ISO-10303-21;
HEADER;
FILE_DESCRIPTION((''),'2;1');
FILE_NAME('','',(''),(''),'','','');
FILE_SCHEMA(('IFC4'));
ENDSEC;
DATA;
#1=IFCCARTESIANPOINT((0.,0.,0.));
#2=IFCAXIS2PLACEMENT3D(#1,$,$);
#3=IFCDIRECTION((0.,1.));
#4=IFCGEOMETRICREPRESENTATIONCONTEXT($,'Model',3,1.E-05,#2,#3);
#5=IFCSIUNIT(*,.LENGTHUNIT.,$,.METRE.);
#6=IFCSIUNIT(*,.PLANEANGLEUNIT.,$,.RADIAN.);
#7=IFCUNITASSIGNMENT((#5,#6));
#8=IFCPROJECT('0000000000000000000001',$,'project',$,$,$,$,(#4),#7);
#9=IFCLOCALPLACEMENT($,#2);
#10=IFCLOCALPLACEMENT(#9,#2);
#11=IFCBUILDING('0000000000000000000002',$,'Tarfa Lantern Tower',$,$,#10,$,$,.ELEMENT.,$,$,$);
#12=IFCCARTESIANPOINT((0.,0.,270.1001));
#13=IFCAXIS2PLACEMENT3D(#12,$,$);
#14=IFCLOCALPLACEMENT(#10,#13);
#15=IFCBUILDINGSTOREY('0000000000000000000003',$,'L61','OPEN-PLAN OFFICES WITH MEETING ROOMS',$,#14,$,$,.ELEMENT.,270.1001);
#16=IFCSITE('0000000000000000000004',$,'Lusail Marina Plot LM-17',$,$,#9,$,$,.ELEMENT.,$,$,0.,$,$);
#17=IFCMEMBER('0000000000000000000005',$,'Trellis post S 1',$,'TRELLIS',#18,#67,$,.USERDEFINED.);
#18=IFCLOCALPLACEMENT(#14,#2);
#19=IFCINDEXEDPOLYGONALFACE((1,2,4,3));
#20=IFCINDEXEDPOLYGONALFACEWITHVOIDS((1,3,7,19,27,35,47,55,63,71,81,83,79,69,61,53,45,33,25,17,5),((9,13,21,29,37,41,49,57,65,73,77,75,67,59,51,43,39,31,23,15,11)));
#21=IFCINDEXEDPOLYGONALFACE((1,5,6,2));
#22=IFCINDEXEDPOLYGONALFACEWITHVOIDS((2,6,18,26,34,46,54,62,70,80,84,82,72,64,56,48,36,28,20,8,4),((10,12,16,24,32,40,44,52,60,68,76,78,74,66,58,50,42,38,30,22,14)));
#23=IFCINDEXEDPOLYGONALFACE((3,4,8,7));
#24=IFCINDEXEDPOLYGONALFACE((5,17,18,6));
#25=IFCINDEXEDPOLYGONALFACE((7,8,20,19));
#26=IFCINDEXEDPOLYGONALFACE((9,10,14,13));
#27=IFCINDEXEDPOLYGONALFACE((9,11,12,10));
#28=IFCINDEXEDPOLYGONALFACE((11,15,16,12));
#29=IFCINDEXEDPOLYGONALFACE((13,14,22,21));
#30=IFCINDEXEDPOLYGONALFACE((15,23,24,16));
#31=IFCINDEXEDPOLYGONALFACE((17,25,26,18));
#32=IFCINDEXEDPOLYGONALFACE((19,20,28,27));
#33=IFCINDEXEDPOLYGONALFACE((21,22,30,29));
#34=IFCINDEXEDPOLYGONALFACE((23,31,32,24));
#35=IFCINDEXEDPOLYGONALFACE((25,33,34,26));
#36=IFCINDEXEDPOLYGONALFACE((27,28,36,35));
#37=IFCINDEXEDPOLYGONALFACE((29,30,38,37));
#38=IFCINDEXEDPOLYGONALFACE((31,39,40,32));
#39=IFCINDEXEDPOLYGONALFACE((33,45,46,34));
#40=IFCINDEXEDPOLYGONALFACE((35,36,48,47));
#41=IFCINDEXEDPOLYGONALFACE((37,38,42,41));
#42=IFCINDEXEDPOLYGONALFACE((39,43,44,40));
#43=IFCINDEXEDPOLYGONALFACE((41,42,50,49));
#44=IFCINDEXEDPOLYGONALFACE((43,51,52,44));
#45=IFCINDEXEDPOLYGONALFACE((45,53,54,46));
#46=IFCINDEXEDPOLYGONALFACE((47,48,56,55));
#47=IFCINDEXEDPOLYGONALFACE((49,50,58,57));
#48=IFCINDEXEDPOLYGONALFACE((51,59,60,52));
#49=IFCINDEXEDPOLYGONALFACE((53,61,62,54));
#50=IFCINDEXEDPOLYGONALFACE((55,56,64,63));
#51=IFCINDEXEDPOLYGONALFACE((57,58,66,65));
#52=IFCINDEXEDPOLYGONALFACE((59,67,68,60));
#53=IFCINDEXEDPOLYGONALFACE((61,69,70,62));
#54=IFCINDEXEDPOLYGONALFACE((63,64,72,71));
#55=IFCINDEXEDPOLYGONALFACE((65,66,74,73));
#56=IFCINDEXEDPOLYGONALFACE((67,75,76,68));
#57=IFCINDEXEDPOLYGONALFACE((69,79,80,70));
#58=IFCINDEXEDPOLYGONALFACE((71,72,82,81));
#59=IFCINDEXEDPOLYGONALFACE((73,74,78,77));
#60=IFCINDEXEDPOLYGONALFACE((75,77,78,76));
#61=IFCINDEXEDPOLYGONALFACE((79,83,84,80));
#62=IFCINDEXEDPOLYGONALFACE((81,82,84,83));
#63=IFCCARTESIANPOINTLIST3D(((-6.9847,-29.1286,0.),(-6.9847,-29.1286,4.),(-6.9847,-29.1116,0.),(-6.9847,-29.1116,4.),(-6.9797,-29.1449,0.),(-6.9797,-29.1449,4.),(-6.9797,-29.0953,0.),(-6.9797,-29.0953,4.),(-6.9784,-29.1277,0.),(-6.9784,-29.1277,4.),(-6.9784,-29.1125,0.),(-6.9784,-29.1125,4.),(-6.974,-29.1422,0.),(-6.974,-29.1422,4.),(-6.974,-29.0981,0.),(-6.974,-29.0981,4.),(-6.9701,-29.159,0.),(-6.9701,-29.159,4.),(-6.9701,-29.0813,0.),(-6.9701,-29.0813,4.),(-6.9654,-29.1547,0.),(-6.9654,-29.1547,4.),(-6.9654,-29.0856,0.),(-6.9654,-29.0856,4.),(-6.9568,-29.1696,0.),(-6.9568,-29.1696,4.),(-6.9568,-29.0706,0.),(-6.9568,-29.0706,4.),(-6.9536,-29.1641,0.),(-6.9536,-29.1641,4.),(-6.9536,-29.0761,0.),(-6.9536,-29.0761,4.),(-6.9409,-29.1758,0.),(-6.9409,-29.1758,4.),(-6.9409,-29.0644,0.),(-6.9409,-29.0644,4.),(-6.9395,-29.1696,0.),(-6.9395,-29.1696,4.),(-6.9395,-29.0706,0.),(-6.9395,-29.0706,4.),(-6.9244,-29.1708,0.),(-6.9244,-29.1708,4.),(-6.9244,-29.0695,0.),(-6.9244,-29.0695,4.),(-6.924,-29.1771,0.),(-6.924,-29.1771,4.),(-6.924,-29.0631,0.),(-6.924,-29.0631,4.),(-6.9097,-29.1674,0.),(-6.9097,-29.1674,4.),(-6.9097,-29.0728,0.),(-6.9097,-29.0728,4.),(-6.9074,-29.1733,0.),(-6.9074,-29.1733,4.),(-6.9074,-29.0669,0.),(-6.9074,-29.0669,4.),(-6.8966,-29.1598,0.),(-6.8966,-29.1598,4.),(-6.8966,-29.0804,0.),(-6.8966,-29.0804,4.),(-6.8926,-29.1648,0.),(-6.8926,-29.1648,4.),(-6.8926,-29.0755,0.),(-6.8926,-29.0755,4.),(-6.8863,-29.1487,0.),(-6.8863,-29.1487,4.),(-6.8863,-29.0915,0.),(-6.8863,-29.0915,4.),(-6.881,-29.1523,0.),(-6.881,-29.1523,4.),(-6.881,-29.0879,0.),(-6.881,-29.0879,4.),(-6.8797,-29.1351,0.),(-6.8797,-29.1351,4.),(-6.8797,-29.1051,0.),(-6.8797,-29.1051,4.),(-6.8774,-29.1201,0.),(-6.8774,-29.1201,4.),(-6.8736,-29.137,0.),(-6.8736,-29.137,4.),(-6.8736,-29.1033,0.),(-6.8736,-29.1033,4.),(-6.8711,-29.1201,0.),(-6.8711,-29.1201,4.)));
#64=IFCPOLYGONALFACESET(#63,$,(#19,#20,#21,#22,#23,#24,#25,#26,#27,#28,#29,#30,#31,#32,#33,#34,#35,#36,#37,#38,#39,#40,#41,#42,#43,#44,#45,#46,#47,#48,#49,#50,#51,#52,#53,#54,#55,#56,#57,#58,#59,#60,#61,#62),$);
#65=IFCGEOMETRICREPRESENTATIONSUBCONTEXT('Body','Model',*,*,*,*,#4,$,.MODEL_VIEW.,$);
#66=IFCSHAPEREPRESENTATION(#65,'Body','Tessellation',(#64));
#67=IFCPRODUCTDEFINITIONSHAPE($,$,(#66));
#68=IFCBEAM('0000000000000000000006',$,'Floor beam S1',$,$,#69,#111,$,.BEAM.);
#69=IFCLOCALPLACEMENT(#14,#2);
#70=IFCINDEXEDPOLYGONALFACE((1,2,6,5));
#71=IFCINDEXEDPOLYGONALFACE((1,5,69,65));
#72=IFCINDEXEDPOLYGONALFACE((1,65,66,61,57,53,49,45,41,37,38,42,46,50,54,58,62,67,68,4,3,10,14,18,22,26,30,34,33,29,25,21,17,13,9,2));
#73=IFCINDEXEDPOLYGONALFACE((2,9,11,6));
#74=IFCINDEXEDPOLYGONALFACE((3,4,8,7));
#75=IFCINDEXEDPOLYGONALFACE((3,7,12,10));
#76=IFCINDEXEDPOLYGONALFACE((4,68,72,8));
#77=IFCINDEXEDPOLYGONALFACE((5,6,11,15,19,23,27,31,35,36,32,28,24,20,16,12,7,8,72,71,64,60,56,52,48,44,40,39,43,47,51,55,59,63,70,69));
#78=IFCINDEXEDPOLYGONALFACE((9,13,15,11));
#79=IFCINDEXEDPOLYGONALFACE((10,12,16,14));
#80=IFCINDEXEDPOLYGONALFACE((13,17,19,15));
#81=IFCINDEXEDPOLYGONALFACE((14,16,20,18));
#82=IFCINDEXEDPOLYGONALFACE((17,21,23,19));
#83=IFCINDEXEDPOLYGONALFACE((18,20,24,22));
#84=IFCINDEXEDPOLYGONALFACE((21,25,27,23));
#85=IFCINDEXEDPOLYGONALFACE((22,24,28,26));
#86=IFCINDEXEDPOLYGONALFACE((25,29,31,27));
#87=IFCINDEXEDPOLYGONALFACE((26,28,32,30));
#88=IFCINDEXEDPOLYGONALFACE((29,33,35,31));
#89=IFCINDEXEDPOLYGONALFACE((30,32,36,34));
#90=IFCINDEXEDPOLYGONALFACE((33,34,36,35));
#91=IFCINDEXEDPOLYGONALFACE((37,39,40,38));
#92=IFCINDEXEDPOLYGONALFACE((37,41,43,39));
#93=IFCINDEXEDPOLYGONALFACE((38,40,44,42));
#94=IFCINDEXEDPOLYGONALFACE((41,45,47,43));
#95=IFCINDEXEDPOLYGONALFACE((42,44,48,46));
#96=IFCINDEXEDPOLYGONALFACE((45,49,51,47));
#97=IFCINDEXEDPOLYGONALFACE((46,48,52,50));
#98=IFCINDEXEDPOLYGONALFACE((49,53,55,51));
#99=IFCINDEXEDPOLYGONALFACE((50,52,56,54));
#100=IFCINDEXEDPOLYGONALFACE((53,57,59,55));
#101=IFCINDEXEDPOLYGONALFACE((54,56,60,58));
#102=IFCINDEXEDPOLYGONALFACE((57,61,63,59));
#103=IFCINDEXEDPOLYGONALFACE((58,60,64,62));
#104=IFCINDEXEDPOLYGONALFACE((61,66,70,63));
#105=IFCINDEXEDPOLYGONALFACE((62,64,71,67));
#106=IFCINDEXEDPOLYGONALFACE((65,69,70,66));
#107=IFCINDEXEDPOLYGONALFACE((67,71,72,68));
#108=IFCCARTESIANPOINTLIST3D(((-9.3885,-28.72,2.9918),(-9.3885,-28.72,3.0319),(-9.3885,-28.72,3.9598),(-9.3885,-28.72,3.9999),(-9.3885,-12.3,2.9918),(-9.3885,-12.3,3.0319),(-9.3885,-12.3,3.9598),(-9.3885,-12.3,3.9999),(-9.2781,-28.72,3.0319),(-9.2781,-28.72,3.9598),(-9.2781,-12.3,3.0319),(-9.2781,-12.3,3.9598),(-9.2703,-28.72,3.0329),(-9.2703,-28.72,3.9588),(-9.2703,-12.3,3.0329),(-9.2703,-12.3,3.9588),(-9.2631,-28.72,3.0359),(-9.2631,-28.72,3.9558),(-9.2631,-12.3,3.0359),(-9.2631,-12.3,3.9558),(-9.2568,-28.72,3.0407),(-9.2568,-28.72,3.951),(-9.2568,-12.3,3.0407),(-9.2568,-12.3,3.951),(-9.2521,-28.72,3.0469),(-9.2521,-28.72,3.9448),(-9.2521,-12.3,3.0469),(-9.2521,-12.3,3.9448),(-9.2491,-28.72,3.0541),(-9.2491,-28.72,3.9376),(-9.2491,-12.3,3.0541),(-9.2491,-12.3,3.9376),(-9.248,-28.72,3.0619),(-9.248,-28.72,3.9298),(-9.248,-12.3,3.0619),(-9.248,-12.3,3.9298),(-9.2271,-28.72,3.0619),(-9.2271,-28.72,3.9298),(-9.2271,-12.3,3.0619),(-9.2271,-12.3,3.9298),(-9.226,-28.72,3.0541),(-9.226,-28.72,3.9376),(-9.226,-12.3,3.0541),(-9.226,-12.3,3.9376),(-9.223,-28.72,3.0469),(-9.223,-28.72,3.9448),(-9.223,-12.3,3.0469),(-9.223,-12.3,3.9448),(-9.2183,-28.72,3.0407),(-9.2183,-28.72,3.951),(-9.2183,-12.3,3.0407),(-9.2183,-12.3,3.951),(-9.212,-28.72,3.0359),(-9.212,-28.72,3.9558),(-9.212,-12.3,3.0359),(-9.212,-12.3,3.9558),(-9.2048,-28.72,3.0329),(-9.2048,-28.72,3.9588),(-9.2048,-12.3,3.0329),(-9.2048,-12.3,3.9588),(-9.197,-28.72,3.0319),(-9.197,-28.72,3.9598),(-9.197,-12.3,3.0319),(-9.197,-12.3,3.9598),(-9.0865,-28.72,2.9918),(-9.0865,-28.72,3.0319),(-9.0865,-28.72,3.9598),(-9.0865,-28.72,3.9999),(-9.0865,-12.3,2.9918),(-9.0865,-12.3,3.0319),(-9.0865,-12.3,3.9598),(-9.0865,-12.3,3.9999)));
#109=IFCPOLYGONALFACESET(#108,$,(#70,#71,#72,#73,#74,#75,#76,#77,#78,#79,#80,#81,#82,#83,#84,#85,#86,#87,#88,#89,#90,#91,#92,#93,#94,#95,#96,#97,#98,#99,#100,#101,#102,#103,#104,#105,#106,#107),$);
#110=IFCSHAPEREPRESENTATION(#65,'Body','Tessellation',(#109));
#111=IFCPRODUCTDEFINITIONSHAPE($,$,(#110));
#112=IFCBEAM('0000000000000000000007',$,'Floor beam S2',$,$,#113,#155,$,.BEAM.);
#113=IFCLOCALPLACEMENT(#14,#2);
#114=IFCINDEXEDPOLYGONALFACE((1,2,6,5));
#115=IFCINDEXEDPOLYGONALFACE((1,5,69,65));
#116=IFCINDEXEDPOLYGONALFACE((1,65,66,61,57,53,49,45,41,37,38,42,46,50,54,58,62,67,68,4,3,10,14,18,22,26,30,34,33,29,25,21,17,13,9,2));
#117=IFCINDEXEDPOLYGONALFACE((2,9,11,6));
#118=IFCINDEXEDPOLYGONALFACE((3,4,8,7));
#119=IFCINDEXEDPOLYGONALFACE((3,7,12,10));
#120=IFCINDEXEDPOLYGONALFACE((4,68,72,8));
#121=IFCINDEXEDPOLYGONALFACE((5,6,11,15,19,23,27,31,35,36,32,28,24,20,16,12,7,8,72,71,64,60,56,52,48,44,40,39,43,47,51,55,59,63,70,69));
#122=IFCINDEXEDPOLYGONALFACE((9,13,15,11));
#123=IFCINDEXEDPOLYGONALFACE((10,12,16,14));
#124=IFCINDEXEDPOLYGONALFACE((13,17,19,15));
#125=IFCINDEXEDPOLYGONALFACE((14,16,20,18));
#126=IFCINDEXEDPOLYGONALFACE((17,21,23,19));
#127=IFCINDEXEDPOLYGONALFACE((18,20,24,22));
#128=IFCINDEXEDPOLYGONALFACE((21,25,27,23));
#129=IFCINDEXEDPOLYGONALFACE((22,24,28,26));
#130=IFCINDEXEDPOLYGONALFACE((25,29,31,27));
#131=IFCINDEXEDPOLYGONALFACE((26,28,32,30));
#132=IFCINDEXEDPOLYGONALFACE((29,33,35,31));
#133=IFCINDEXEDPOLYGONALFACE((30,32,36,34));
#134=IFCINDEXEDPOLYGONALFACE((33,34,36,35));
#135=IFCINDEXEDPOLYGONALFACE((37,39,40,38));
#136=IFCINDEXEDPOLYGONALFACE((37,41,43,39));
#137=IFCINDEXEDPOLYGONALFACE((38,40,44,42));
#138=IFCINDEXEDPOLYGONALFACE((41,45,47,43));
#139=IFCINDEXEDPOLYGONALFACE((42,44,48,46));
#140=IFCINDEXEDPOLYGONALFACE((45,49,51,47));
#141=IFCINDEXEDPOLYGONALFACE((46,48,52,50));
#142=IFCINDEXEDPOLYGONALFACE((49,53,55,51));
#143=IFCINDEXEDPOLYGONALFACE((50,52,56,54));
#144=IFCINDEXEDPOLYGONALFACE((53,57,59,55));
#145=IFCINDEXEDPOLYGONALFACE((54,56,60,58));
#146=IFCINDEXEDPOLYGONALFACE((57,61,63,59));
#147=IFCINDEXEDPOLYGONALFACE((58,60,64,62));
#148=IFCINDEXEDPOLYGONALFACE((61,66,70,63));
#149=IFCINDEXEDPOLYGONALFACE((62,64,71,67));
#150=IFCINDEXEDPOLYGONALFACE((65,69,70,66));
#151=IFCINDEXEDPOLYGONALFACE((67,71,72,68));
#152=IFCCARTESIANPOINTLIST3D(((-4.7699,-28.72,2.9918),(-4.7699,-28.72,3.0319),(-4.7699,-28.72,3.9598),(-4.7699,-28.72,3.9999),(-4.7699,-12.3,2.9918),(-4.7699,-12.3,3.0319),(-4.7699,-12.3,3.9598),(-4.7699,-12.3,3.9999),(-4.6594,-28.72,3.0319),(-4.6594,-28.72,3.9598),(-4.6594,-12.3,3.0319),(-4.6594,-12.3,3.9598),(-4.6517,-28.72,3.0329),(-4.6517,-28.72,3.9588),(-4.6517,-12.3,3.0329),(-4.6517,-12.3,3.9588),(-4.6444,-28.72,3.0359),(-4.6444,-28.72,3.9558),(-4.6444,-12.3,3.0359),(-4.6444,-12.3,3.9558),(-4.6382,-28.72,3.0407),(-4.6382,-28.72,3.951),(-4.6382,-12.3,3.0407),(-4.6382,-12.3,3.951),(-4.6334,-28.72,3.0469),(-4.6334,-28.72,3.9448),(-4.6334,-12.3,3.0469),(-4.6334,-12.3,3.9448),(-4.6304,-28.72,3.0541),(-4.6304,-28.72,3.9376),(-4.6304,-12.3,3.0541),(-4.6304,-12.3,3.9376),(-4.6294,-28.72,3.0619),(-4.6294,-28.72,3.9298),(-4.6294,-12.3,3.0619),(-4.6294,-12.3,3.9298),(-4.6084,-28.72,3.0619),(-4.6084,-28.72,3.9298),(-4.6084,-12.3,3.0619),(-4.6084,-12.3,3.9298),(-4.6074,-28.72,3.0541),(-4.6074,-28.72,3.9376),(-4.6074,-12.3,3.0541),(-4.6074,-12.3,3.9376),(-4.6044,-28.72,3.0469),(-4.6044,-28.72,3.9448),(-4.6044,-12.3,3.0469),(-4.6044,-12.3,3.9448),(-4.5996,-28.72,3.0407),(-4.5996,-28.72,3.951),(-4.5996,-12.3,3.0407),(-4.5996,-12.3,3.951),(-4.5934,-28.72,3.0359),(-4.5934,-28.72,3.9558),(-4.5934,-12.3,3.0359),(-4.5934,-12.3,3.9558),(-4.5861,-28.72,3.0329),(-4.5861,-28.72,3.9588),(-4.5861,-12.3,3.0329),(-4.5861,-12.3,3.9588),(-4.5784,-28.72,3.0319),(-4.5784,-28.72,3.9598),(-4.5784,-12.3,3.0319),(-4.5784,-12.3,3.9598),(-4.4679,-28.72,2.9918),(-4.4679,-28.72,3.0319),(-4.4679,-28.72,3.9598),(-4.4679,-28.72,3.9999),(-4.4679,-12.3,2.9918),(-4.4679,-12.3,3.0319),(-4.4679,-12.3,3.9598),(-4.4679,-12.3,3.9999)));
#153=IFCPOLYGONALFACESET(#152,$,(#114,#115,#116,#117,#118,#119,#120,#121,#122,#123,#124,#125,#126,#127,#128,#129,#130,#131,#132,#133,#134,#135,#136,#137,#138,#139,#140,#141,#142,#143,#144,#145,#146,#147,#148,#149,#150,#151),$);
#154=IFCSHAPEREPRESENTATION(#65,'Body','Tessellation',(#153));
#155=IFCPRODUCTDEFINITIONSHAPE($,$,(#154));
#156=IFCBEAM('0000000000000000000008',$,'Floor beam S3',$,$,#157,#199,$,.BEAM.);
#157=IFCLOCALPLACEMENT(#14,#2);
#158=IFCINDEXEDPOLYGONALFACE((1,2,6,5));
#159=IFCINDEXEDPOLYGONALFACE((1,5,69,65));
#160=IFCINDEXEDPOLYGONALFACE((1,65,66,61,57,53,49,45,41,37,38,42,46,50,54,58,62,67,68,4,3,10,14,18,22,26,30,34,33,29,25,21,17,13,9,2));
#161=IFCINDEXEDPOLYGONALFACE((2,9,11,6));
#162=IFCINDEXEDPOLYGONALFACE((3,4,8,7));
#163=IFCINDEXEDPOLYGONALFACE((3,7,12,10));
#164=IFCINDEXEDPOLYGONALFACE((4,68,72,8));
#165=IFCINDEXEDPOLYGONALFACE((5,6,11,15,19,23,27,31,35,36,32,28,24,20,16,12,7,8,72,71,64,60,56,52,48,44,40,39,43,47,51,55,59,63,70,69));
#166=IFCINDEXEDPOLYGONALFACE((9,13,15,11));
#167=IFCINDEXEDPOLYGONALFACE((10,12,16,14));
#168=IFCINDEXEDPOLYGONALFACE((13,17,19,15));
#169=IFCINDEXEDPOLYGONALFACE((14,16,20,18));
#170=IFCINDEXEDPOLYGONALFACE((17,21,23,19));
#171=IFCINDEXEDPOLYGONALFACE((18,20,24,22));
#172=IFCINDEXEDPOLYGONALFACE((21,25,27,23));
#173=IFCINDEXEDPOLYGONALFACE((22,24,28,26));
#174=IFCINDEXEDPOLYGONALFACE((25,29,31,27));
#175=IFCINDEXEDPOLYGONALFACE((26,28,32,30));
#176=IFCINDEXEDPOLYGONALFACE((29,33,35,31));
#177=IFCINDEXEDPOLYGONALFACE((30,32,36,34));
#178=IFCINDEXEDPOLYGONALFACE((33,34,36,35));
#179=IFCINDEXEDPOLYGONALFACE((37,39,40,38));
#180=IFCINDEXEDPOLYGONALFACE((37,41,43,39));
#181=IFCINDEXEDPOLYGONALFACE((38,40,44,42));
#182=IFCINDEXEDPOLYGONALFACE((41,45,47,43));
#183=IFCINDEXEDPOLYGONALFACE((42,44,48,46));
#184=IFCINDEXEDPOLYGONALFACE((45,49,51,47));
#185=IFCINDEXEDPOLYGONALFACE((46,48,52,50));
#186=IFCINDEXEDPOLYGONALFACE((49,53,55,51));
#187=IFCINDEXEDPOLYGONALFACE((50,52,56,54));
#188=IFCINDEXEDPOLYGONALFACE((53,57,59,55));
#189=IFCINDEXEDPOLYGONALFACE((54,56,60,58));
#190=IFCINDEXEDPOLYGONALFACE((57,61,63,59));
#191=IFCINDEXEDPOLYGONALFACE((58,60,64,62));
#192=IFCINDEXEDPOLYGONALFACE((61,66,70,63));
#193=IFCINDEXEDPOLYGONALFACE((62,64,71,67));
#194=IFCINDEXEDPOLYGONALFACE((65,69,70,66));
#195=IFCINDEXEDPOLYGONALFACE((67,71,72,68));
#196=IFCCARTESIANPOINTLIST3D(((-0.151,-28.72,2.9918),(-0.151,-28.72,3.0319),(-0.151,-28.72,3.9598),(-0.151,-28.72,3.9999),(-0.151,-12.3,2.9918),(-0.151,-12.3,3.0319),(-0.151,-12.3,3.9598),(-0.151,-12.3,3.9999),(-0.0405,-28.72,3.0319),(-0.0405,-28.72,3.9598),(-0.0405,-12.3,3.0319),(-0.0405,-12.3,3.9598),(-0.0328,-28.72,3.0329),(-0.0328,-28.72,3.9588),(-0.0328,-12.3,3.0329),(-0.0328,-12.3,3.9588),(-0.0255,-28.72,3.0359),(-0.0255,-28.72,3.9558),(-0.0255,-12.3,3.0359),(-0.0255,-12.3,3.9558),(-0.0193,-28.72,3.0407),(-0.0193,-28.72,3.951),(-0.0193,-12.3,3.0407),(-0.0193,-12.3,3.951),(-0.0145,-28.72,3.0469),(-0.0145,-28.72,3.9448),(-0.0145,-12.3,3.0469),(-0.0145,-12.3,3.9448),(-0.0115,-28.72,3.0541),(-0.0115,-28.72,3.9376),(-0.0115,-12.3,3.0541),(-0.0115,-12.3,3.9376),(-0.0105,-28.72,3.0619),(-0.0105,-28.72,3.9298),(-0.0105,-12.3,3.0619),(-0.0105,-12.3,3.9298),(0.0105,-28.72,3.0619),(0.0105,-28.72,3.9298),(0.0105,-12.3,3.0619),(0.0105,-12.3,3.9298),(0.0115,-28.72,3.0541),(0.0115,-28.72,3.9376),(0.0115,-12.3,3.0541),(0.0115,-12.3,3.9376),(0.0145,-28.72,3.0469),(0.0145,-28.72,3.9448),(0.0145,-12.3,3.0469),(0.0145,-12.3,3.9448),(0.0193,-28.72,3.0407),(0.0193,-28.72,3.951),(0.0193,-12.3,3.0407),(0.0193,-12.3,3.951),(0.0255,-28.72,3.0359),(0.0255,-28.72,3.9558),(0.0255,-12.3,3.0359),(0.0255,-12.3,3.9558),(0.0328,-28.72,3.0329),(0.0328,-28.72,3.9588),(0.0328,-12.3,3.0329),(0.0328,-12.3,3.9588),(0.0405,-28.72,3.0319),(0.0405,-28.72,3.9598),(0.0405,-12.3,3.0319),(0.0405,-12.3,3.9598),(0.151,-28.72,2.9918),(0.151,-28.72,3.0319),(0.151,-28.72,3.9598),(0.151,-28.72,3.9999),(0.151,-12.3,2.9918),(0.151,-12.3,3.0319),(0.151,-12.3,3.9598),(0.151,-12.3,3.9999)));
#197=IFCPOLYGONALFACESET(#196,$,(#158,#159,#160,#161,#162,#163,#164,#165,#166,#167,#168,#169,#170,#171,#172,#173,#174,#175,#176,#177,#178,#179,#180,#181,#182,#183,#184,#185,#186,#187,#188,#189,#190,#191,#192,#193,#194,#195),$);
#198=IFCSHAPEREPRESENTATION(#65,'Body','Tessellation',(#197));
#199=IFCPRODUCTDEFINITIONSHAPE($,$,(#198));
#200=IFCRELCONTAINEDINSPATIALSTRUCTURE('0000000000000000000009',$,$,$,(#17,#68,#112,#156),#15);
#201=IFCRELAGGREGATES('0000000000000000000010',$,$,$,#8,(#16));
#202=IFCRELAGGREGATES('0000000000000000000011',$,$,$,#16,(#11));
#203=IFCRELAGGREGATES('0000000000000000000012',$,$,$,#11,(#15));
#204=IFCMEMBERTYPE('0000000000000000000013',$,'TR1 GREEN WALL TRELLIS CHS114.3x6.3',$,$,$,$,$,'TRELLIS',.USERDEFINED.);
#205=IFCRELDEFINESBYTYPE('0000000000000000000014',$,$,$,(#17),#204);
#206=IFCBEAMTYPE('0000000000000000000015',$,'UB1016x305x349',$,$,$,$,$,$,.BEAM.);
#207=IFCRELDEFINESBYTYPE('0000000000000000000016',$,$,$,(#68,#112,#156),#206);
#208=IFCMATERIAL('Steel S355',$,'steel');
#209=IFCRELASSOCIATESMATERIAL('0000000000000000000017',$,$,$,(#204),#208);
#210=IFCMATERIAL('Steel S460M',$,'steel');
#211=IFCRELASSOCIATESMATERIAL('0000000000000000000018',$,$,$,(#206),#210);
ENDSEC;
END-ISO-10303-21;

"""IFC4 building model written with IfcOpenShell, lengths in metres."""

from ifc_helpers import new_model, si_unit, direction, frame, origin, origin_2d, place, context, subcontext, project, spatial, hollow_circle, i_section, extrude, material, material_profile, profile_set, type_object, element, save


model = new_model("IFC4")

# Units and contexts
model_context = context("Model", 3, precision=1e-05, world=origin(), true_north=direction((0.0, 1.0)))
body_context = subcontext(model_context, "Body", "Model", "MODEL_VIEW")
ifc_project = project(units=[si_unit("LENGTHUNIT", "METRE"), si_unit("PLANEANGLEUNIT", "RADIAN")], contexts=[model_context])

# Site, building, storey
site_placement = place(None, origin())
site = spatial("IfcSite", under=ifc_project, at=site_placement, Name="Lusail Marina Plot LM-17", CompositionType="ELEMENT", RefElevation=0.0)
building_placement = place(site_placement, origin())
building = spatial("IfcBuilding", under=site, at=building_placement, Name="Tarfa Lantern Tower", CompositionType="ELEMENT")
storey_placement = place(building_placement, frame((0.0, 0.0, 270.1001)))
storey = spatial("IfcBuildingStorey", under=building, at=storey_placement, Name="L61", Description="OPEN-PLAN OFFICES WITH MEETING ROOMS", CompositionType="ELEMENT", Elevation=270.1001)

# Member
ifc_material_1 = material(Name="Steel S355", Category="steel")
ifc_material_profile_1 = material_profile(ifc_material_1, hollow_circle(Radius=0.0571, WallThickness=0.0063, at=origin_2d()), Name="CHS114.3x6.3")
ifc_profile_set_1 = profile_set([ifc_material_profile_1], Name="Steel S355")
member_type_1 = type_object("IfcMemberType", Name="TR1 GREEN WALL TRELLIS CHS114.3x6.3", ElementType="TRELLIS", PredefinedType="USERDEFINED", material=ifc_profile_set_1)
member_1_placement = place(storey_placement, frame((-6.9282, -29.1201, 0.0), z_axis=(0.0, 0.0, 1.0), x_axis=(1.0, 0.0, 0.0)))
element("IfcMember", 1, at=member_1_placement, inside=storey, type_object=member_type_1, Name="Trellis post S 1", ObjectType="TRELLIS", PredefinedType="USERDEFINED", context=body_context, shape_type="SweptSolid", body=[
    extrude(hollow_circle(Radius=0.0571, WallThickness=0.0063, at=origin_2d()), origin(), (0.0, 0.0, 1.0), 4.0),
])

# Beams
ifc_material_2 = material(Name="Steel S460M", Category="steel")
ifc_material_profile_2 = material_profile(ifc_material_2, i_section(OverallWidth=0.302, OverallDepth=1.0081, WebThickness=0.021, FlangeThickness=0.04, FilletRadius=0.03, at=origin_2d()), Name="UB1016x305x349")
ifc_profile_set_2 = profile_set([ifc_material_profile_2], Name="Steel S460M")
beam_type_1 = type_object("IfcBeamType", Name="UB1016x305x349", PredefinedType="BEAM", material=ifc_profile_set_2)
for number, where, z_axis, x_axis, name in (
    (2, (-9.2375, -28.72, 3.4958), (0.0, 1.0, 0.0), (-1.0, 0.0, 0.0), "Floor beam S1"),
    (3, (-4.6189, -28.72, 3.4958), (0.0, 1.0, 0.0), (-1.0, 0.0, 0.0), "Floor beam S2"),
    (4, (0.0, -28.72, 3.4958), (0.0, 1.0, 0.0), (-1.0, 0.0, 0.0), "Floor beam S3"),
):
    element("IfcBeam", number, at=place(storey_placement, frame(where, z_axis=z_axis, x_axis=x_axis)), inside=storey, type_object=beam_type_1, Name=name, PredefinedType="BEAM", context=body_context, shape_type="SweptSolid", body=[
        extrude(i_section(OverallWidth=0.302, OverallDepth=1.0081, WebThickness=0.021, FlangeThickness=0.04, FilletRadius=0.03, at=origin_2d()), origin(), (0.0, 0.0, 1.0), 16.4199),
    ])

save(model, "model.ifc")
